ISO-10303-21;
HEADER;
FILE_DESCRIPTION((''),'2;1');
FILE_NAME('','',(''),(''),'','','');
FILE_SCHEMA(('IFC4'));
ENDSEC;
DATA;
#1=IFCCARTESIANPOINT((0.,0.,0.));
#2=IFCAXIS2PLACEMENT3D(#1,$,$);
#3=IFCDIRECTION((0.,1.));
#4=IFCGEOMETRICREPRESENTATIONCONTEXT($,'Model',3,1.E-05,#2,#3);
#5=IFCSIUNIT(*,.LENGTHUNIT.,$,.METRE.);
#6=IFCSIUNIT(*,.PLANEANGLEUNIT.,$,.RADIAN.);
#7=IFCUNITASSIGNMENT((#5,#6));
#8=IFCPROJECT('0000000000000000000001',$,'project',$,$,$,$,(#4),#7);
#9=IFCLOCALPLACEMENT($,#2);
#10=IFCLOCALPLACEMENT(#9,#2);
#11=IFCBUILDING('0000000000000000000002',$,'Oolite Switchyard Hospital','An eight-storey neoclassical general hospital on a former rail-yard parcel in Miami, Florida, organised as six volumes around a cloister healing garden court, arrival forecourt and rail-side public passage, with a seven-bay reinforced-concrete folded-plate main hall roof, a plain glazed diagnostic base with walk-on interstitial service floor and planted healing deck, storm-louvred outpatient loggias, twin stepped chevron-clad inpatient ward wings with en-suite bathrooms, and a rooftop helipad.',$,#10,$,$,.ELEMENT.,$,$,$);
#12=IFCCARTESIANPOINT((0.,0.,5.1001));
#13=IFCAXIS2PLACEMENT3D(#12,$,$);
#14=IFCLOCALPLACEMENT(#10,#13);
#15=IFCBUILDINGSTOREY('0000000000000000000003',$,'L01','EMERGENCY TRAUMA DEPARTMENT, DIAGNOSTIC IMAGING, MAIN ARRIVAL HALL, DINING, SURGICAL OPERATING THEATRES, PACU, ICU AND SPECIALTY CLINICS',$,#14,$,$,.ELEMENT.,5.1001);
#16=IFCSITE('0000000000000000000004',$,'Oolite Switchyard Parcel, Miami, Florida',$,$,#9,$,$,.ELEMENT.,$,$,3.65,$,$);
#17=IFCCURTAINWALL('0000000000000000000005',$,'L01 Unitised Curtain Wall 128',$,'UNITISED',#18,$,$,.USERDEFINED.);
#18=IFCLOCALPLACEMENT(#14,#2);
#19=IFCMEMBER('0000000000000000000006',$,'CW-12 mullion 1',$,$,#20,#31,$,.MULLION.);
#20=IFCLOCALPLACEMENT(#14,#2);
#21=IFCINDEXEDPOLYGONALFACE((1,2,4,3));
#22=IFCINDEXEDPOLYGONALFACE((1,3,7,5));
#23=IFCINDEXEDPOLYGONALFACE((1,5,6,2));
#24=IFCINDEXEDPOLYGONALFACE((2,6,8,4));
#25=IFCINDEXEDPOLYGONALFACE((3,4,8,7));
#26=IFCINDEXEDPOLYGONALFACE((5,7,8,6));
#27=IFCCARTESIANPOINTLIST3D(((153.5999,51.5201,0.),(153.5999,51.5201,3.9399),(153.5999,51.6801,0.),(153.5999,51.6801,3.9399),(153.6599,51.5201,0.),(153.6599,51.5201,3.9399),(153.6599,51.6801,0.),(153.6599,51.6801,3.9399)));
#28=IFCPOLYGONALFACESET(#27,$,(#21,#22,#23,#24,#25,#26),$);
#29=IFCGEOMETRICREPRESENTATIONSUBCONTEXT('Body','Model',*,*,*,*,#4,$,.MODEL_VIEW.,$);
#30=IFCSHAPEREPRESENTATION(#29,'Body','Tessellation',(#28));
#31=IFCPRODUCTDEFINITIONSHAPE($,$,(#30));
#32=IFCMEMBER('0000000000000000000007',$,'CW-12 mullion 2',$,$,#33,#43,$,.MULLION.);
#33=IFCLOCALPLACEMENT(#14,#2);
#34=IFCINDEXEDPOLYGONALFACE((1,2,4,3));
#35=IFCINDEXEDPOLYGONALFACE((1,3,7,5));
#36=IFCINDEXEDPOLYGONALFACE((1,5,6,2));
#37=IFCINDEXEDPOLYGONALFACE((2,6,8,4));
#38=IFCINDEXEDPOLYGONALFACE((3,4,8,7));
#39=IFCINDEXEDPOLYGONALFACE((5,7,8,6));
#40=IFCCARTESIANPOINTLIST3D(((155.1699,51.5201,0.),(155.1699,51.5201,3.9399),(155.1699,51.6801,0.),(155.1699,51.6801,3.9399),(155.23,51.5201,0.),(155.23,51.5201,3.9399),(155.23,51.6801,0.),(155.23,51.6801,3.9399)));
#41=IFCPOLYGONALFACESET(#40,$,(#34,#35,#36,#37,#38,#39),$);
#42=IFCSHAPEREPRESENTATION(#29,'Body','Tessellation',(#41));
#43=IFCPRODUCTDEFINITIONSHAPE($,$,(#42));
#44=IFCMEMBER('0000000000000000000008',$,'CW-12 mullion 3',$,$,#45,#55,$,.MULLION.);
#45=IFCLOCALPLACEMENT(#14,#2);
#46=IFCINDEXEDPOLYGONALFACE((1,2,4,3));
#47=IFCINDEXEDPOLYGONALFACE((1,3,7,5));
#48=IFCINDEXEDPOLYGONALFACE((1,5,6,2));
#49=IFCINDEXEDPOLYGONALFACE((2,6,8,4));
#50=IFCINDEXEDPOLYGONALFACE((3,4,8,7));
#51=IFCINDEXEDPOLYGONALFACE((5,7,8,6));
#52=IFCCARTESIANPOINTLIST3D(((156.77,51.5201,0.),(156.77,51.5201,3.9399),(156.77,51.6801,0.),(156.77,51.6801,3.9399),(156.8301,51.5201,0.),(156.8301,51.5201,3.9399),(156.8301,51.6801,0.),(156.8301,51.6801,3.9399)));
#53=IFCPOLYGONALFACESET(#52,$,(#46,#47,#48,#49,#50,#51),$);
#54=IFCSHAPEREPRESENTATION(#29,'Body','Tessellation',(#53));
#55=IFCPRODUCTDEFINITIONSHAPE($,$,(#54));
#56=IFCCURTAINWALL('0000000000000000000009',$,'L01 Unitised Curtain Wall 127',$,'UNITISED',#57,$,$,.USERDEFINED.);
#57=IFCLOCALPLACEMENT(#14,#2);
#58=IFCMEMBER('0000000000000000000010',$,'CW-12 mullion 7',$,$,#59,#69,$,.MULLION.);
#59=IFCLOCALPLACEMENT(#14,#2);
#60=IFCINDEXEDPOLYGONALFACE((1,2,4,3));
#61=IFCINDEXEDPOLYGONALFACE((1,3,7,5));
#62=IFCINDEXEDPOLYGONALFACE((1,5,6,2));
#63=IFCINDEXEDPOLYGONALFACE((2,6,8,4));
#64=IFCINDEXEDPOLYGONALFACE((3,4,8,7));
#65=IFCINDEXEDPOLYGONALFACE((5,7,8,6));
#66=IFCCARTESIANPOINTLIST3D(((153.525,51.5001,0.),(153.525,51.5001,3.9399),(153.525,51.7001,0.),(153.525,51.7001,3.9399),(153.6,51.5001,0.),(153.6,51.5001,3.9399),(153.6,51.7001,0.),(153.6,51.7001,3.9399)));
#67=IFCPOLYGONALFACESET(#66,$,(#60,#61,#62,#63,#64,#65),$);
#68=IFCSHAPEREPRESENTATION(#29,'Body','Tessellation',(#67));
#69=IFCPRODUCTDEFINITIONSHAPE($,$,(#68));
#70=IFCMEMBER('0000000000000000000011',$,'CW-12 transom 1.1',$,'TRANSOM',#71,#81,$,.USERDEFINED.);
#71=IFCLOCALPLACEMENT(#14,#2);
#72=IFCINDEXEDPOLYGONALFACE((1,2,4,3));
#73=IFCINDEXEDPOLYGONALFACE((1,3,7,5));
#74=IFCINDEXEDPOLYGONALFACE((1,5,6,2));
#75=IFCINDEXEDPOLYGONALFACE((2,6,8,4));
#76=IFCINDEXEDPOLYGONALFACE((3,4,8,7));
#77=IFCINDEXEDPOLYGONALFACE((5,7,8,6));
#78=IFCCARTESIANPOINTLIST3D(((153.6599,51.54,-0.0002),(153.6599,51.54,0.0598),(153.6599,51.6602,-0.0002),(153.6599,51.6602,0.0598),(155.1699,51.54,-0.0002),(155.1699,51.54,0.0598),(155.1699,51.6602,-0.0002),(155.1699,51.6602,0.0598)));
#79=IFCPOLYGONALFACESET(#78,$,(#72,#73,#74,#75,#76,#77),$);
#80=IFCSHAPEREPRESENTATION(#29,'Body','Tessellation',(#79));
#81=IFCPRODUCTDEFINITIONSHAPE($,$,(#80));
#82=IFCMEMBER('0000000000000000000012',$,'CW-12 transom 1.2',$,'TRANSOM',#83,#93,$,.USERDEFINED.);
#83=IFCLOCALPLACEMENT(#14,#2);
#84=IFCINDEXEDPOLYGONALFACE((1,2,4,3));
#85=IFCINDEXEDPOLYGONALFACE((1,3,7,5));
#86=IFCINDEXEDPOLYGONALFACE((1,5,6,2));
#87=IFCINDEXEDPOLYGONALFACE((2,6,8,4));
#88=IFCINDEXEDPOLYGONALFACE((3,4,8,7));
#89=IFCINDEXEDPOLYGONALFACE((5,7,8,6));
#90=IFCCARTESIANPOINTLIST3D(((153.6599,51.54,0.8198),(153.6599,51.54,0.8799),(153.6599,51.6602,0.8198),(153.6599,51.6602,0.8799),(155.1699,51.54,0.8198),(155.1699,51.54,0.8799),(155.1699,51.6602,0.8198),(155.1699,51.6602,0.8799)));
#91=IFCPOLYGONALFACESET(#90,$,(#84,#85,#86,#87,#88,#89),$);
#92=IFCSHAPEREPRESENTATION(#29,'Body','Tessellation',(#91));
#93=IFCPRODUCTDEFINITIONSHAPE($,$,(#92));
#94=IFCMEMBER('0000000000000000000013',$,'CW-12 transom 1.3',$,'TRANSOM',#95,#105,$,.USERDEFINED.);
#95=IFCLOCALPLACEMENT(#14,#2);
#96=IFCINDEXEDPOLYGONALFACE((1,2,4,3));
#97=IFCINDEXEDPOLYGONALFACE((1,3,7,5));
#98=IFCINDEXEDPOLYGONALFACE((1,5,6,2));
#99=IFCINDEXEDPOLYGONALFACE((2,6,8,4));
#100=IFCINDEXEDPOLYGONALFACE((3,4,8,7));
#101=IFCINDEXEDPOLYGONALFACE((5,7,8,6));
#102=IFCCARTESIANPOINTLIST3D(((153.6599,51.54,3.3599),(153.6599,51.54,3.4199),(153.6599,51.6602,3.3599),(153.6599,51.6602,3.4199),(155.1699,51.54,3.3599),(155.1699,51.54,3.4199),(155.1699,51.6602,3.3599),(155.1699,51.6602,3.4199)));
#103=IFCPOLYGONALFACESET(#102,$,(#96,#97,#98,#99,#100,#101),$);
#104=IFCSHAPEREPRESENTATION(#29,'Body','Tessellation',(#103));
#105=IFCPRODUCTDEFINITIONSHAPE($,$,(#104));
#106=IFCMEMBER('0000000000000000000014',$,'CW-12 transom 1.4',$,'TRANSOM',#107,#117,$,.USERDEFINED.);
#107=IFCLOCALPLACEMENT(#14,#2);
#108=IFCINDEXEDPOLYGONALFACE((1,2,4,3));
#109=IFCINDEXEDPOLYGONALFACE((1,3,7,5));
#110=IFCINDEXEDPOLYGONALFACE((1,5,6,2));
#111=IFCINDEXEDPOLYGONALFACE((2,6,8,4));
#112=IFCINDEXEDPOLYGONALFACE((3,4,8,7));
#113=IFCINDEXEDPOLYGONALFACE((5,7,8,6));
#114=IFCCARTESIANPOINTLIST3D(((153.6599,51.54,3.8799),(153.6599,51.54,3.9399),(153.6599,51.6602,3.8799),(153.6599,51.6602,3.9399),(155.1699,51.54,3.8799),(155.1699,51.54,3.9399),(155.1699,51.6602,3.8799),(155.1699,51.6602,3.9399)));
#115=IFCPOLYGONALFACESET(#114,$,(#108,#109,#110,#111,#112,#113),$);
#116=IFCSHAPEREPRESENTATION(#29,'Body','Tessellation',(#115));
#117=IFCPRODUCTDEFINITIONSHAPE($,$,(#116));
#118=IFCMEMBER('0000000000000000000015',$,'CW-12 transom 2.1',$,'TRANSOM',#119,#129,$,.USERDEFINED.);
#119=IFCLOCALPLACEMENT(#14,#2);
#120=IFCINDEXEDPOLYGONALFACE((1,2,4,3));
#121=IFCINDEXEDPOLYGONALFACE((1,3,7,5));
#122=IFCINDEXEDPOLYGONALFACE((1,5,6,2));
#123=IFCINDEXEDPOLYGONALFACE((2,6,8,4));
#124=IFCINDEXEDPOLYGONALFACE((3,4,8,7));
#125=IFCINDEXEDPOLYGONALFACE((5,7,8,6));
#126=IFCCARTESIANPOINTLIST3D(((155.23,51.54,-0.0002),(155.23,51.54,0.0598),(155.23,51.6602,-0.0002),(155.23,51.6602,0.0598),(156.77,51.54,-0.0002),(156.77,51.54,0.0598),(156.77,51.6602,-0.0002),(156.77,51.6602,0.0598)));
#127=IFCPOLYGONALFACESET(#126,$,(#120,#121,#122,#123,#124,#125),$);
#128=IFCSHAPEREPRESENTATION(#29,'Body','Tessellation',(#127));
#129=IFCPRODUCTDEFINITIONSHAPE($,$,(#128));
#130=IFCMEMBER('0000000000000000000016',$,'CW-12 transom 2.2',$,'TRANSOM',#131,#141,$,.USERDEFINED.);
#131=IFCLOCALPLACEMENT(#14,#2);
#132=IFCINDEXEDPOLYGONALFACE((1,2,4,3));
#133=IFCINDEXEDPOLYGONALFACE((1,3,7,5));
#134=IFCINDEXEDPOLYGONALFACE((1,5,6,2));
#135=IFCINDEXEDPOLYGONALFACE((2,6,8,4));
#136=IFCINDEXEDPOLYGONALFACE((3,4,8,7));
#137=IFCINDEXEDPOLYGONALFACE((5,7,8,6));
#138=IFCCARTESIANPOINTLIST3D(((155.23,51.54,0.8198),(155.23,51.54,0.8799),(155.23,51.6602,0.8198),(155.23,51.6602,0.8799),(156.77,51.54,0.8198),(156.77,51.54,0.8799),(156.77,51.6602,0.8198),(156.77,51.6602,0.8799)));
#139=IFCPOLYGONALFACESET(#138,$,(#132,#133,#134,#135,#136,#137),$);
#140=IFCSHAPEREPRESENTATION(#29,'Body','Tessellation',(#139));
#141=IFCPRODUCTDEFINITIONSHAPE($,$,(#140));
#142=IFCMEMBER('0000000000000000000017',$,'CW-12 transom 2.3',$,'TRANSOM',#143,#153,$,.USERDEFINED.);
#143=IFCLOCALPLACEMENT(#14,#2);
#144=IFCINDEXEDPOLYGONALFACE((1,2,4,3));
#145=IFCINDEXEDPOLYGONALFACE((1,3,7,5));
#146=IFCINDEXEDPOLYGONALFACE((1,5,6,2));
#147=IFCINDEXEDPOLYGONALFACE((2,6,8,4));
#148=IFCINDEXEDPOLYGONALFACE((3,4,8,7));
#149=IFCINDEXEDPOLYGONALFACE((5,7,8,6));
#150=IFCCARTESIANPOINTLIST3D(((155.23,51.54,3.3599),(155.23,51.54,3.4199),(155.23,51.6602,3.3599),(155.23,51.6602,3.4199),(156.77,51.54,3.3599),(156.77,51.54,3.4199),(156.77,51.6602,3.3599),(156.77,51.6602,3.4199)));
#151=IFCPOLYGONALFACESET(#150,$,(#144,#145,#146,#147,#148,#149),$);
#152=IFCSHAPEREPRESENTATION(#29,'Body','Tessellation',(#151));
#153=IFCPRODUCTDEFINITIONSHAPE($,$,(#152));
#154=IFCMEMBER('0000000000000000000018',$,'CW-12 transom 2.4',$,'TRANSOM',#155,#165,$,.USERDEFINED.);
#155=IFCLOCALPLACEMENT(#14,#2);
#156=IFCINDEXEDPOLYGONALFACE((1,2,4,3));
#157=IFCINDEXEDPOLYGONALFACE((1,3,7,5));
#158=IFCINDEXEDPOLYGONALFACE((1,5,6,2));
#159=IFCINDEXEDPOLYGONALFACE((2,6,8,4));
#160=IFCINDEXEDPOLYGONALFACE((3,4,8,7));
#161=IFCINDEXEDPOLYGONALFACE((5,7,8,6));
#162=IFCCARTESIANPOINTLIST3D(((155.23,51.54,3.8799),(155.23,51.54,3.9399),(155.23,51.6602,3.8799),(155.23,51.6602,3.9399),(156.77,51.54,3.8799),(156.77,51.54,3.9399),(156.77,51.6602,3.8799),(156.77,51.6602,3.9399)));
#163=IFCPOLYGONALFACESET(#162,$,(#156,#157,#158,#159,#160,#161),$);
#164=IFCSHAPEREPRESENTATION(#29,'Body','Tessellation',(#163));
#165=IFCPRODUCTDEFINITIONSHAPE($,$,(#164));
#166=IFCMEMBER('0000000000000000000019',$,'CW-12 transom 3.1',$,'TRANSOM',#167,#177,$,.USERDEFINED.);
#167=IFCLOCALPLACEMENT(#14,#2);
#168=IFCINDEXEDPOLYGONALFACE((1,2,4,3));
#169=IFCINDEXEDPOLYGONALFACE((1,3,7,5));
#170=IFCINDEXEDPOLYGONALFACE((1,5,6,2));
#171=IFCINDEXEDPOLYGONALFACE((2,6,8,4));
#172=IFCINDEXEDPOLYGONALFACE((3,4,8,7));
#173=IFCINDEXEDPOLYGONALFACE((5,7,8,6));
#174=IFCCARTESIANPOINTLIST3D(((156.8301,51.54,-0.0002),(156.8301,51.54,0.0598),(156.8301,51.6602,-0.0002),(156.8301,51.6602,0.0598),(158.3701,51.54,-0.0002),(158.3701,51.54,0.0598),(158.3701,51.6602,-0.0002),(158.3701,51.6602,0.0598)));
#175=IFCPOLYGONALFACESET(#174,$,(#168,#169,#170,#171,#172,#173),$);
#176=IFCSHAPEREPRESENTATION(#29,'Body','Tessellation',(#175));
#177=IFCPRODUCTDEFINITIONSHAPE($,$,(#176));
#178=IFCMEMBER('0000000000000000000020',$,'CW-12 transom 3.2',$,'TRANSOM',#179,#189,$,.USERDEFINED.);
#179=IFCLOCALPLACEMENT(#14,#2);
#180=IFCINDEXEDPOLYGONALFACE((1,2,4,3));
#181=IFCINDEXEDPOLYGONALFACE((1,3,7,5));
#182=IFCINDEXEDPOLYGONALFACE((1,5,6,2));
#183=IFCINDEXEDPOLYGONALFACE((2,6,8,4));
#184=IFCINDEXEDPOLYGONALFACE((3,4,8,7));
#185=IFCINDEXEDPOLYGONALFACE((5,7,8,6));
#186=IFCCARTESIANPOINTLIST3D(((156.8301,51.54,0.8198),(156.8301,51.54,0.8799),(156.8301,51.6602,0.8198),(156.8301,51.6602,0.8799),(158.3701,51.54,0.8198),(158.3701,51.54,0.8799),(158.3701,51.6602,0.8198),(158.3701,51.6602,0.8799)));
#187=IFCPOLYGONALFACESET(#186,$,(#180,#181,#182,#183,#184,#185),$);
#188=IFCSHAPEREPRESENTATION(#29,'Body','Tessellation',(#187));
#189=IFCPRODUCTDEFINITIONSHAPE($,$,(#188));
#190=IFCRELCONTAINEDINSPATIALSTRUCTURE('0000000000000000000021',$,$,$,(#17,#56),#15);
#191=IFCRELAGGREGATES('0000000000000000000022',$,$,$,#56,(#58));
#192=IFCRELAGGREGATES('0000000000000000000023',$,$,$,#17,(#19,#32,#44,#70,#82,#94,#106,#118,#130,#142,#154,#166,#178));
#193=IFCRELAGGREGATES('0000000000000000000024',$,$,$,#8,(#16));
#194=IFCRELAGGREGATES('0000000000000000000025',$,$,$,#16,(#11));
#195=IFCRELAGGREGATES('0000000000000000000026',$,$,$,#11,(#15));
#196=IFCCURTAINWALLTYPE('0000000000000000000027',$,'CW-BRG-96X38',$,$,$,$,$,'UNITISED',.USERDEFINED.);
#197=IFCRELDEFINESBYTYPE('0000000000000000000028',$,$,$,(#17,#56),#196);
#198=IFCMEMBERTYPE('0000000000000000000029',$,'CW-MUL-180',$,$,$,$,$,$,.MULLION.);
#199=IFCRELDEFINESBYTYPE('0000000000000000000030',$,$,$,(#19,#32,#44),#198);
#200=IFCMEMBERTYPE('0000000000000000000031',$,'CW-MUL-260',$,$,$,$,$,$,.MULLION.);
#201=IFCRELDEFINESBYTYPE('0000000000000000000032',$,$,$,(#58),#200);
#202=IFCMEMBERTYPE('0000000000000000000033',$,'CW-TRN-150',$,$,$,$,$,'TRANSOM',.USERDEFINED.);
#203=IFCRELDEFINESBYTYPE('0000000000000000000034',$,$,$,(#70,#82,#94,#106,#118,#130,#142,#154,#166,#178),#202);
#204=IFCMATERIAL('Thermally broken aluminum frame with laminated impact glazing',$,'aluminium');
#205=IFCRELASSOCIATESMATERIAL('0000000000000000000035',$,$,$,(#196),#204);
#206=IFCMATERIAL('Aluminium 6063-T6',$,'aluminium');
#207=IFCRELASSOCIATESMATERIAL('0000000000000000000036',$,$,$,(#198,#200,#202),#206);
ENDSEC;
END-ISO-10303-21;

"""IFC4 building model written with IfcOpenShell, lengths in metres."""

from ifc_helpers import new_model, si_unit, direction, frame, origin, origin_2d, place, context, subcontext, project, spatial, rectangle, extrude, material, material_profile, profile_set, type_object, element, aggregate, save


model = new_model("IFC4")

# Units and contexts
model_context = context("Model", 3, precision=1e-05, world=origin(), true_north=direction((0.0, 1.0)))
body_context = subcontext(model_context, "Body", "Model", "MODEL_VIEW")
ifc_project = project(units=[si_unit("LENGTHUNIT", "METRE"), si_unit("PLANEANGLEUNIT", "RADIAN")], contexts=[model_context])

# Site, building, storey
site_placement = place(None, origin())
site = spatial("IfcSite", under=ifc_project, at=site_placement, Name="Oolite Switchyard Parcel, Miami, Florida", CompositionType="ELEMENT", RefElevation=3.65)
building_placement = place(site_placement, origin())
building = spatial("IfcBuilding", under=site, at=building_placement, Name="Oolite Switchyard Hospital", Description="An eight-storey neoclassical general hospital on a former rail-yard parcel in Miami, Florida, organised as six volumes around a cloister healing garden court, arrival forecourt and rail-side public passage, with a seven-bay reinforced-concrete folded-plate main hall roof, a plain glazed diagnostic base with walk-on interstitial service floor and planted healing deck, storm-louvred outpatient loggias, twin stepped chevron-clad inpatient ward wings with en-suite bathrooms, and a rooftop helipad.", CompositionType="ELEMENT")
storey_placement = place(building_placement, frame((0.0, 0.0, 5.1001)))
storey = spatial("IfcBuildingStorey", under=building, at=storey_placement, Name="L01", Description="EMERGENCY TRAUMA DEPARTMENT, DIAGNOSTIC IMAGING, MAIN ARRIVAL HALL, DINING, SURGICAL OPERATING THEATRES, PACU, ICU AND SPECIALTY CLINICS", CompositionType="ELEMENT", Elevation=5.1001)

# Curtain wall, members
ifc_material_1 = material(Name="Thermally broken aluminum frame with laminated impact glazing", Category="aluminium")
curtain_wall_type = type_object("IfcCurtainWallType", Name="CW-BRG-96X38", ElementType="UNITISED", PredefinedType="USERDEFINED", material=ifc_material_1)
curtain_wall_1_placement = place(storey_placement, origin())
curtain_wall_1 = element("IfcCurtainWall", 1, at=curtain_wall_1_placement, inside=storey, type_object=curtain_wall_type, Name="L01 Unitised Curtain Wall 128", ObjectType="UNITISED", PredefinedType="USERDEFINED")
ifc_material_2 = material(Name="Aluminium 6063-T6", Category="aluminium")
ifc_material_profile_1 = material_profile(ifc_material_2, rectangle(XDim=0.1599, YDim=0.0601, at=origin_2d()), Name="CWM60X160")
ifc_profile_set_1 = profile_set([ifc_material_profile_1], Name="Aluminium 6063-T6")
member_type_1 = type_object("IfcMemberType", Name="CW-MUL-180", PredefinedType="MULLION", material=ifc_profile_set_1)
member_1_placement = place(storey_placement, frame((153.6299, 51.6001, 0.0), z_axis=(0.0, 0.0, 1.0), x_axis=(0.0, 1.0, 0.0)))
member_1 = element("IfcMember", 2, at=member_1_placement, type_object=member_type_1, Name="CW-12 mullion 1", PredefinedType="MULLION", context=body_context, shape_type="SweptSolid", body=[
    extrude(rectangle(XDim=0.1599, YDim=0.0601, at=origin_2d()), origin(), (0.0, 0.0, 1.0), 3.9399),
])
member_2_placement = place(storey_placement, frame((155.2, 51.6001, 0.0), z_axis=(0.0, 0.0, 1.0), x_axis=(0.0, 1.0, 0.0)))
member_2 = element("IfcMember", 3, at=member_2_placement, type_object=member_type_1, Name="CW-12 mullion 2", PredefinedType="MULLION", context=body_context, shape_type="SweptSolid", body=[
    extrude(rectangle(XDim=0.1599, YDim=0.0601, at=origin_2d()), origin(), (0.0, 0.0, 1.0), 3.9399),
])
member_3_placement = place(storey_placement, frame((156.8, 51.6001, 0.0), z_axis=(0.0, 0.0, 1.0), x_axis=(0.0, 1.0, 0.0)))
member_3 = element("IfcMember", 4, at=member_3_placement, type_object=member_type_1, Name="CW-12 mullion 3", PredefinedType="MULLION", context=body_context, shape_type="SweptSolid", body=[
    extrude(rectangle(XDim=0.1599, YDim=0.0601, at=origin_2d()), origin(), (0.0, 0.0, 1.0), 3.9399),
])

# Curtain wall, member
curtain_wall_2_placement = place(storey_placement, origin())
curtain_wall_2 = element("IfcCurtainWall", 5, at=curtain_wall_2_placement, inside=storey, type_object=curtain_wall_type, Name="L01 Unitised Curtain Wall 127", ObjectType="UNITISED", PredefinedType="USERDEFINED")
ifc_material_profile_2 = material_profile(ifc_material_2, rectangle(XDim=0.2, YDim=0.075, at=origin_2d()), Name="CWM75X200")
ifc_profile_set_2 = profile_set([ifc_material_profile_2], Name="Aluminium 6063-T6")
member_type_2 = type_object("IfcMemberType", Name="CW-MUL-260", PredefinedType="MULLION", material=ifc_profile_set_2)
member_4_placement = place(storey_placement, frame((153.5625, 51.6001, 0.0), z_axis=(0.0, 0.0, 1.0), x_axis=(0.0, 1.0, 0.0)))
member_4 = element("IfcMember", 6, at=member_4_placement, type_object=member_type_2, Name="CW-12 mullion 7", PredefinedType="MULLION", context=body_context, shape_type="SweptSolid", body=[
    extrude(rectangle(XDim=0.2, YDim=0.075, at=origin_2d()), origin(), (0.0, 0.0, 1.0), 3.9399),
])

# Members
ifc_material_profile_3 = material_profile(ifc_material_2, rectangle(XDim=0.1201, YDim=0.0601, at=origin_2d()), Name="CWT60X120")
ifc_profile_set_3 = profile_set([ifc_material_profile_3], Name="Aluminium 6063-T6")
member_type_3 = type_object("IfcMemberType", Name="CW-TRN-150", ElementType="TRANSOM", PredefinedType="USERDEFINED", material=ifc_profile_set_3)
member_5_placement = place(storey_placement, frame((153.6599, 51.6001, 0.0298), z_axis=(1.0, 0.0, 0.0), x_axis=(0.0, 1.0, 0.0)))
member_5 = element("IfcMember", 7, at=member_5_placement, type_object=member_type_3, Name="CW-12 transom 1.1", ObjectType="TRANSOM", PredefinedType="USERDEFINED", context=body_context, shape_type="SweptSolid", body=[
    extrude(rectangle(XDim=0.1201, YDim=0.0601, at=origin_2d()), origin(), (0.0, 0.0, 1.0), 1.51),
])
member_6_placement = place(storey_placement, frame((153.6599, 51.6001, 0.8499), z_axis=(1.0, 0.0, 0.0), x_axis=(0.0, 1.0, 0.0)))
member_6 = element("IfcMember", 8, at=member_6_placement, type_object=member_type_3, Name="CW-12 transom 1.2", ObjectType="TRANSOM", PredefinedType="USERDEFINED", context=body_context, shape_type="SweptSolid", body=[
    extrude(rectangle(XDim=0.1201, YDim=0.0601, at=origin_2d()), origin(), (0.0, 0.0, 1.0), 1.51),
])
member_7_placement = place(storey_placement, frame((153.6599, 51.6001, 3.3899), z_axis=(1.0, 0.0, 0.0), x_axis=(0.0, 1.0, 0.0)))
member_7 = element("IfcMember", 9, at=member_7_placement, type_object=member_type_3, Name="CW-12 transom 1.3", ObjectType="TRANSOM", PredefinedType="USERDEFINED", context=body_context, shape_type="SweptSolid", body=[
    extrude(rectangle(XDim=0.1201, YDim=0.0601, at=origin_2d()), origin(), (0.0, 0.0, 1.0), 1.51),
])
member_8_placement = place(storey_placement, frame((153.6599, 51.6001, 3.9099), z_axis=(1.0, 0.0, 0.0), x_axis=(0.0, 1.0, 0.0)))
member_8 = element("IfcMember", 10, at=member_8_placement, type_object=member_type_3, Name="CW-12 transom 1.4", ObjectType="TRANSOM", PredefinedType="USERDEFINED", context=body_context, shape_type="SweptSolid", body=[
    extrude(rectangle(XDim=0.1201, YDim=0.0601, at=origin_2d()), origin(), (0.0, 0.0, 1.0), 1.51),
])
member_9_placement = place(storey_placement, frame((155.23, 51.6001, 0.0298), z_axis=(1.0, 0.0, 0.0), x_axis=(0.0, 1.0, 0.0)))
member_9 = element("IfcMember", 11, at=member_9_placement, type_object=member_type_3, Name="CW-12 transom 2.1", ObjectType="TRANSOM", PredefinedType="USERDEFINED", context=body_context, shape_type="SweptSolid", body=[
    extrude(rectangle(XDim=0.1201, YDim=0.0601, at=origin_2d()), origin(), (0.0, 0.0, 1.0), 1.54),
])
member_10_placement = place(storey_placement, frame((155.23, 51.6001, 0.8499), z_axis=(1.0, 0.0, 0.0), x_axis=(0.0, 1.0, 0.0)))
member_10 = element("IfcMember", 12, at=member_10_placement, type_object=member_type_3, Name="CW-12 transom 2.2", ObjectType="TRANSOM", PredefinedType="USERDEFINED", context=body_context, shape_type="SweptSolid", body=[
    extrude(rectangle(XDim=0.1201, YDim=0.0601, at=origin_2d()), origin(), (0.0, 0.0, 1.0), 1.54),
])
member_11_placement = place(storey_placement, frame((155.23, 51.6001, 3.3899), z_axis=(1.0, 0.0, 0.0), x_axis=(0.0, 1.0, 0.0)))
member_11 = element("IfcMember", 13, at=member_11_placement, type_object=member_type_3, Name="CW-12 transom 2.3", ObjectType="TRANSOM", PredefinedType="USERDEFINED", context=body_context, shape_type="SweptSolid", body=[
    extrude(rectangle(XDim=0.1201, YDim=0.0601, at=origin_2d()), origin(), (0.0, 0.0, 1.0), 1.54),
])
member_12_placement = place(storey_placement, frame((155.23, 51.6001, 3.9099), z_axis=(1.0, 0.0, 0.0), x_axis=(0.0, 1.0, 0.0)))
member_12 = element("IfcMember", 14, at=member_12_placement, type_object=member_type_3, Name="CW-12 transom 2.4", ObjectType="TRANSOM", PredefinedType="USERDEFINED", context=body_context, shape_type="SweptSolid", body=[
    extrude(rectangle(XDim=0.1201, YDim=0.0601, at=origin_2d()), origin(), (0.0, 0.0, 1.0), 1.54),
])
member_13_placement = place(storey_placement, frame((156.8301, 51.6001, 0.0298), z_axis=(1.0, 0.0, 0.0), x_axis=(0.0, 1.0, 0.0)))
member_13 = element("IfcMember", 15, at=member_13_placement, type_object=member_type_3, Name="CW-12 transom 3.1", ObjectType="TRANSOM", PredefinedType="USERDEFINED", context=body_context, shape_type="SweptSolid", body=[
    extrude(rectangle(XDim=0.1201, YDim=0.0601, at=origin_2d()), origin(), (0.0, 0.0, 1.0), 1.54),
])
member_14_placement = place(storey_placement, frame((156.8301, 51.6001, 0.8499), z_axis=(1.0, 0.0, 0.0), x_axis=(0.0, 1.0, 0.0)))
member_14 = element("IfcMember", 16, at=member_14_placement, type_object=member_type_3, Name="CW-12 transom 3.2", ObjectType="TRANSOM", PredefinedType="USERDEFINED", context=body_context, shape_type="SweptSolid", body=[
    extrude(rectangle(XDim=0.1201, YDim=0.0601, at=origin_2d()), origin(), (0.0, 0.0, 1.0), 1.54),
])

aggregate(curtain_wall_2, [member_4])
aggregate(curtain_wall_1, [member_1, member_2, member_3, member_5, member_6, member_7, member_8, member_9, member_10, member_11, member_12, member_13, member_14])

save(model, "model.ifc")
